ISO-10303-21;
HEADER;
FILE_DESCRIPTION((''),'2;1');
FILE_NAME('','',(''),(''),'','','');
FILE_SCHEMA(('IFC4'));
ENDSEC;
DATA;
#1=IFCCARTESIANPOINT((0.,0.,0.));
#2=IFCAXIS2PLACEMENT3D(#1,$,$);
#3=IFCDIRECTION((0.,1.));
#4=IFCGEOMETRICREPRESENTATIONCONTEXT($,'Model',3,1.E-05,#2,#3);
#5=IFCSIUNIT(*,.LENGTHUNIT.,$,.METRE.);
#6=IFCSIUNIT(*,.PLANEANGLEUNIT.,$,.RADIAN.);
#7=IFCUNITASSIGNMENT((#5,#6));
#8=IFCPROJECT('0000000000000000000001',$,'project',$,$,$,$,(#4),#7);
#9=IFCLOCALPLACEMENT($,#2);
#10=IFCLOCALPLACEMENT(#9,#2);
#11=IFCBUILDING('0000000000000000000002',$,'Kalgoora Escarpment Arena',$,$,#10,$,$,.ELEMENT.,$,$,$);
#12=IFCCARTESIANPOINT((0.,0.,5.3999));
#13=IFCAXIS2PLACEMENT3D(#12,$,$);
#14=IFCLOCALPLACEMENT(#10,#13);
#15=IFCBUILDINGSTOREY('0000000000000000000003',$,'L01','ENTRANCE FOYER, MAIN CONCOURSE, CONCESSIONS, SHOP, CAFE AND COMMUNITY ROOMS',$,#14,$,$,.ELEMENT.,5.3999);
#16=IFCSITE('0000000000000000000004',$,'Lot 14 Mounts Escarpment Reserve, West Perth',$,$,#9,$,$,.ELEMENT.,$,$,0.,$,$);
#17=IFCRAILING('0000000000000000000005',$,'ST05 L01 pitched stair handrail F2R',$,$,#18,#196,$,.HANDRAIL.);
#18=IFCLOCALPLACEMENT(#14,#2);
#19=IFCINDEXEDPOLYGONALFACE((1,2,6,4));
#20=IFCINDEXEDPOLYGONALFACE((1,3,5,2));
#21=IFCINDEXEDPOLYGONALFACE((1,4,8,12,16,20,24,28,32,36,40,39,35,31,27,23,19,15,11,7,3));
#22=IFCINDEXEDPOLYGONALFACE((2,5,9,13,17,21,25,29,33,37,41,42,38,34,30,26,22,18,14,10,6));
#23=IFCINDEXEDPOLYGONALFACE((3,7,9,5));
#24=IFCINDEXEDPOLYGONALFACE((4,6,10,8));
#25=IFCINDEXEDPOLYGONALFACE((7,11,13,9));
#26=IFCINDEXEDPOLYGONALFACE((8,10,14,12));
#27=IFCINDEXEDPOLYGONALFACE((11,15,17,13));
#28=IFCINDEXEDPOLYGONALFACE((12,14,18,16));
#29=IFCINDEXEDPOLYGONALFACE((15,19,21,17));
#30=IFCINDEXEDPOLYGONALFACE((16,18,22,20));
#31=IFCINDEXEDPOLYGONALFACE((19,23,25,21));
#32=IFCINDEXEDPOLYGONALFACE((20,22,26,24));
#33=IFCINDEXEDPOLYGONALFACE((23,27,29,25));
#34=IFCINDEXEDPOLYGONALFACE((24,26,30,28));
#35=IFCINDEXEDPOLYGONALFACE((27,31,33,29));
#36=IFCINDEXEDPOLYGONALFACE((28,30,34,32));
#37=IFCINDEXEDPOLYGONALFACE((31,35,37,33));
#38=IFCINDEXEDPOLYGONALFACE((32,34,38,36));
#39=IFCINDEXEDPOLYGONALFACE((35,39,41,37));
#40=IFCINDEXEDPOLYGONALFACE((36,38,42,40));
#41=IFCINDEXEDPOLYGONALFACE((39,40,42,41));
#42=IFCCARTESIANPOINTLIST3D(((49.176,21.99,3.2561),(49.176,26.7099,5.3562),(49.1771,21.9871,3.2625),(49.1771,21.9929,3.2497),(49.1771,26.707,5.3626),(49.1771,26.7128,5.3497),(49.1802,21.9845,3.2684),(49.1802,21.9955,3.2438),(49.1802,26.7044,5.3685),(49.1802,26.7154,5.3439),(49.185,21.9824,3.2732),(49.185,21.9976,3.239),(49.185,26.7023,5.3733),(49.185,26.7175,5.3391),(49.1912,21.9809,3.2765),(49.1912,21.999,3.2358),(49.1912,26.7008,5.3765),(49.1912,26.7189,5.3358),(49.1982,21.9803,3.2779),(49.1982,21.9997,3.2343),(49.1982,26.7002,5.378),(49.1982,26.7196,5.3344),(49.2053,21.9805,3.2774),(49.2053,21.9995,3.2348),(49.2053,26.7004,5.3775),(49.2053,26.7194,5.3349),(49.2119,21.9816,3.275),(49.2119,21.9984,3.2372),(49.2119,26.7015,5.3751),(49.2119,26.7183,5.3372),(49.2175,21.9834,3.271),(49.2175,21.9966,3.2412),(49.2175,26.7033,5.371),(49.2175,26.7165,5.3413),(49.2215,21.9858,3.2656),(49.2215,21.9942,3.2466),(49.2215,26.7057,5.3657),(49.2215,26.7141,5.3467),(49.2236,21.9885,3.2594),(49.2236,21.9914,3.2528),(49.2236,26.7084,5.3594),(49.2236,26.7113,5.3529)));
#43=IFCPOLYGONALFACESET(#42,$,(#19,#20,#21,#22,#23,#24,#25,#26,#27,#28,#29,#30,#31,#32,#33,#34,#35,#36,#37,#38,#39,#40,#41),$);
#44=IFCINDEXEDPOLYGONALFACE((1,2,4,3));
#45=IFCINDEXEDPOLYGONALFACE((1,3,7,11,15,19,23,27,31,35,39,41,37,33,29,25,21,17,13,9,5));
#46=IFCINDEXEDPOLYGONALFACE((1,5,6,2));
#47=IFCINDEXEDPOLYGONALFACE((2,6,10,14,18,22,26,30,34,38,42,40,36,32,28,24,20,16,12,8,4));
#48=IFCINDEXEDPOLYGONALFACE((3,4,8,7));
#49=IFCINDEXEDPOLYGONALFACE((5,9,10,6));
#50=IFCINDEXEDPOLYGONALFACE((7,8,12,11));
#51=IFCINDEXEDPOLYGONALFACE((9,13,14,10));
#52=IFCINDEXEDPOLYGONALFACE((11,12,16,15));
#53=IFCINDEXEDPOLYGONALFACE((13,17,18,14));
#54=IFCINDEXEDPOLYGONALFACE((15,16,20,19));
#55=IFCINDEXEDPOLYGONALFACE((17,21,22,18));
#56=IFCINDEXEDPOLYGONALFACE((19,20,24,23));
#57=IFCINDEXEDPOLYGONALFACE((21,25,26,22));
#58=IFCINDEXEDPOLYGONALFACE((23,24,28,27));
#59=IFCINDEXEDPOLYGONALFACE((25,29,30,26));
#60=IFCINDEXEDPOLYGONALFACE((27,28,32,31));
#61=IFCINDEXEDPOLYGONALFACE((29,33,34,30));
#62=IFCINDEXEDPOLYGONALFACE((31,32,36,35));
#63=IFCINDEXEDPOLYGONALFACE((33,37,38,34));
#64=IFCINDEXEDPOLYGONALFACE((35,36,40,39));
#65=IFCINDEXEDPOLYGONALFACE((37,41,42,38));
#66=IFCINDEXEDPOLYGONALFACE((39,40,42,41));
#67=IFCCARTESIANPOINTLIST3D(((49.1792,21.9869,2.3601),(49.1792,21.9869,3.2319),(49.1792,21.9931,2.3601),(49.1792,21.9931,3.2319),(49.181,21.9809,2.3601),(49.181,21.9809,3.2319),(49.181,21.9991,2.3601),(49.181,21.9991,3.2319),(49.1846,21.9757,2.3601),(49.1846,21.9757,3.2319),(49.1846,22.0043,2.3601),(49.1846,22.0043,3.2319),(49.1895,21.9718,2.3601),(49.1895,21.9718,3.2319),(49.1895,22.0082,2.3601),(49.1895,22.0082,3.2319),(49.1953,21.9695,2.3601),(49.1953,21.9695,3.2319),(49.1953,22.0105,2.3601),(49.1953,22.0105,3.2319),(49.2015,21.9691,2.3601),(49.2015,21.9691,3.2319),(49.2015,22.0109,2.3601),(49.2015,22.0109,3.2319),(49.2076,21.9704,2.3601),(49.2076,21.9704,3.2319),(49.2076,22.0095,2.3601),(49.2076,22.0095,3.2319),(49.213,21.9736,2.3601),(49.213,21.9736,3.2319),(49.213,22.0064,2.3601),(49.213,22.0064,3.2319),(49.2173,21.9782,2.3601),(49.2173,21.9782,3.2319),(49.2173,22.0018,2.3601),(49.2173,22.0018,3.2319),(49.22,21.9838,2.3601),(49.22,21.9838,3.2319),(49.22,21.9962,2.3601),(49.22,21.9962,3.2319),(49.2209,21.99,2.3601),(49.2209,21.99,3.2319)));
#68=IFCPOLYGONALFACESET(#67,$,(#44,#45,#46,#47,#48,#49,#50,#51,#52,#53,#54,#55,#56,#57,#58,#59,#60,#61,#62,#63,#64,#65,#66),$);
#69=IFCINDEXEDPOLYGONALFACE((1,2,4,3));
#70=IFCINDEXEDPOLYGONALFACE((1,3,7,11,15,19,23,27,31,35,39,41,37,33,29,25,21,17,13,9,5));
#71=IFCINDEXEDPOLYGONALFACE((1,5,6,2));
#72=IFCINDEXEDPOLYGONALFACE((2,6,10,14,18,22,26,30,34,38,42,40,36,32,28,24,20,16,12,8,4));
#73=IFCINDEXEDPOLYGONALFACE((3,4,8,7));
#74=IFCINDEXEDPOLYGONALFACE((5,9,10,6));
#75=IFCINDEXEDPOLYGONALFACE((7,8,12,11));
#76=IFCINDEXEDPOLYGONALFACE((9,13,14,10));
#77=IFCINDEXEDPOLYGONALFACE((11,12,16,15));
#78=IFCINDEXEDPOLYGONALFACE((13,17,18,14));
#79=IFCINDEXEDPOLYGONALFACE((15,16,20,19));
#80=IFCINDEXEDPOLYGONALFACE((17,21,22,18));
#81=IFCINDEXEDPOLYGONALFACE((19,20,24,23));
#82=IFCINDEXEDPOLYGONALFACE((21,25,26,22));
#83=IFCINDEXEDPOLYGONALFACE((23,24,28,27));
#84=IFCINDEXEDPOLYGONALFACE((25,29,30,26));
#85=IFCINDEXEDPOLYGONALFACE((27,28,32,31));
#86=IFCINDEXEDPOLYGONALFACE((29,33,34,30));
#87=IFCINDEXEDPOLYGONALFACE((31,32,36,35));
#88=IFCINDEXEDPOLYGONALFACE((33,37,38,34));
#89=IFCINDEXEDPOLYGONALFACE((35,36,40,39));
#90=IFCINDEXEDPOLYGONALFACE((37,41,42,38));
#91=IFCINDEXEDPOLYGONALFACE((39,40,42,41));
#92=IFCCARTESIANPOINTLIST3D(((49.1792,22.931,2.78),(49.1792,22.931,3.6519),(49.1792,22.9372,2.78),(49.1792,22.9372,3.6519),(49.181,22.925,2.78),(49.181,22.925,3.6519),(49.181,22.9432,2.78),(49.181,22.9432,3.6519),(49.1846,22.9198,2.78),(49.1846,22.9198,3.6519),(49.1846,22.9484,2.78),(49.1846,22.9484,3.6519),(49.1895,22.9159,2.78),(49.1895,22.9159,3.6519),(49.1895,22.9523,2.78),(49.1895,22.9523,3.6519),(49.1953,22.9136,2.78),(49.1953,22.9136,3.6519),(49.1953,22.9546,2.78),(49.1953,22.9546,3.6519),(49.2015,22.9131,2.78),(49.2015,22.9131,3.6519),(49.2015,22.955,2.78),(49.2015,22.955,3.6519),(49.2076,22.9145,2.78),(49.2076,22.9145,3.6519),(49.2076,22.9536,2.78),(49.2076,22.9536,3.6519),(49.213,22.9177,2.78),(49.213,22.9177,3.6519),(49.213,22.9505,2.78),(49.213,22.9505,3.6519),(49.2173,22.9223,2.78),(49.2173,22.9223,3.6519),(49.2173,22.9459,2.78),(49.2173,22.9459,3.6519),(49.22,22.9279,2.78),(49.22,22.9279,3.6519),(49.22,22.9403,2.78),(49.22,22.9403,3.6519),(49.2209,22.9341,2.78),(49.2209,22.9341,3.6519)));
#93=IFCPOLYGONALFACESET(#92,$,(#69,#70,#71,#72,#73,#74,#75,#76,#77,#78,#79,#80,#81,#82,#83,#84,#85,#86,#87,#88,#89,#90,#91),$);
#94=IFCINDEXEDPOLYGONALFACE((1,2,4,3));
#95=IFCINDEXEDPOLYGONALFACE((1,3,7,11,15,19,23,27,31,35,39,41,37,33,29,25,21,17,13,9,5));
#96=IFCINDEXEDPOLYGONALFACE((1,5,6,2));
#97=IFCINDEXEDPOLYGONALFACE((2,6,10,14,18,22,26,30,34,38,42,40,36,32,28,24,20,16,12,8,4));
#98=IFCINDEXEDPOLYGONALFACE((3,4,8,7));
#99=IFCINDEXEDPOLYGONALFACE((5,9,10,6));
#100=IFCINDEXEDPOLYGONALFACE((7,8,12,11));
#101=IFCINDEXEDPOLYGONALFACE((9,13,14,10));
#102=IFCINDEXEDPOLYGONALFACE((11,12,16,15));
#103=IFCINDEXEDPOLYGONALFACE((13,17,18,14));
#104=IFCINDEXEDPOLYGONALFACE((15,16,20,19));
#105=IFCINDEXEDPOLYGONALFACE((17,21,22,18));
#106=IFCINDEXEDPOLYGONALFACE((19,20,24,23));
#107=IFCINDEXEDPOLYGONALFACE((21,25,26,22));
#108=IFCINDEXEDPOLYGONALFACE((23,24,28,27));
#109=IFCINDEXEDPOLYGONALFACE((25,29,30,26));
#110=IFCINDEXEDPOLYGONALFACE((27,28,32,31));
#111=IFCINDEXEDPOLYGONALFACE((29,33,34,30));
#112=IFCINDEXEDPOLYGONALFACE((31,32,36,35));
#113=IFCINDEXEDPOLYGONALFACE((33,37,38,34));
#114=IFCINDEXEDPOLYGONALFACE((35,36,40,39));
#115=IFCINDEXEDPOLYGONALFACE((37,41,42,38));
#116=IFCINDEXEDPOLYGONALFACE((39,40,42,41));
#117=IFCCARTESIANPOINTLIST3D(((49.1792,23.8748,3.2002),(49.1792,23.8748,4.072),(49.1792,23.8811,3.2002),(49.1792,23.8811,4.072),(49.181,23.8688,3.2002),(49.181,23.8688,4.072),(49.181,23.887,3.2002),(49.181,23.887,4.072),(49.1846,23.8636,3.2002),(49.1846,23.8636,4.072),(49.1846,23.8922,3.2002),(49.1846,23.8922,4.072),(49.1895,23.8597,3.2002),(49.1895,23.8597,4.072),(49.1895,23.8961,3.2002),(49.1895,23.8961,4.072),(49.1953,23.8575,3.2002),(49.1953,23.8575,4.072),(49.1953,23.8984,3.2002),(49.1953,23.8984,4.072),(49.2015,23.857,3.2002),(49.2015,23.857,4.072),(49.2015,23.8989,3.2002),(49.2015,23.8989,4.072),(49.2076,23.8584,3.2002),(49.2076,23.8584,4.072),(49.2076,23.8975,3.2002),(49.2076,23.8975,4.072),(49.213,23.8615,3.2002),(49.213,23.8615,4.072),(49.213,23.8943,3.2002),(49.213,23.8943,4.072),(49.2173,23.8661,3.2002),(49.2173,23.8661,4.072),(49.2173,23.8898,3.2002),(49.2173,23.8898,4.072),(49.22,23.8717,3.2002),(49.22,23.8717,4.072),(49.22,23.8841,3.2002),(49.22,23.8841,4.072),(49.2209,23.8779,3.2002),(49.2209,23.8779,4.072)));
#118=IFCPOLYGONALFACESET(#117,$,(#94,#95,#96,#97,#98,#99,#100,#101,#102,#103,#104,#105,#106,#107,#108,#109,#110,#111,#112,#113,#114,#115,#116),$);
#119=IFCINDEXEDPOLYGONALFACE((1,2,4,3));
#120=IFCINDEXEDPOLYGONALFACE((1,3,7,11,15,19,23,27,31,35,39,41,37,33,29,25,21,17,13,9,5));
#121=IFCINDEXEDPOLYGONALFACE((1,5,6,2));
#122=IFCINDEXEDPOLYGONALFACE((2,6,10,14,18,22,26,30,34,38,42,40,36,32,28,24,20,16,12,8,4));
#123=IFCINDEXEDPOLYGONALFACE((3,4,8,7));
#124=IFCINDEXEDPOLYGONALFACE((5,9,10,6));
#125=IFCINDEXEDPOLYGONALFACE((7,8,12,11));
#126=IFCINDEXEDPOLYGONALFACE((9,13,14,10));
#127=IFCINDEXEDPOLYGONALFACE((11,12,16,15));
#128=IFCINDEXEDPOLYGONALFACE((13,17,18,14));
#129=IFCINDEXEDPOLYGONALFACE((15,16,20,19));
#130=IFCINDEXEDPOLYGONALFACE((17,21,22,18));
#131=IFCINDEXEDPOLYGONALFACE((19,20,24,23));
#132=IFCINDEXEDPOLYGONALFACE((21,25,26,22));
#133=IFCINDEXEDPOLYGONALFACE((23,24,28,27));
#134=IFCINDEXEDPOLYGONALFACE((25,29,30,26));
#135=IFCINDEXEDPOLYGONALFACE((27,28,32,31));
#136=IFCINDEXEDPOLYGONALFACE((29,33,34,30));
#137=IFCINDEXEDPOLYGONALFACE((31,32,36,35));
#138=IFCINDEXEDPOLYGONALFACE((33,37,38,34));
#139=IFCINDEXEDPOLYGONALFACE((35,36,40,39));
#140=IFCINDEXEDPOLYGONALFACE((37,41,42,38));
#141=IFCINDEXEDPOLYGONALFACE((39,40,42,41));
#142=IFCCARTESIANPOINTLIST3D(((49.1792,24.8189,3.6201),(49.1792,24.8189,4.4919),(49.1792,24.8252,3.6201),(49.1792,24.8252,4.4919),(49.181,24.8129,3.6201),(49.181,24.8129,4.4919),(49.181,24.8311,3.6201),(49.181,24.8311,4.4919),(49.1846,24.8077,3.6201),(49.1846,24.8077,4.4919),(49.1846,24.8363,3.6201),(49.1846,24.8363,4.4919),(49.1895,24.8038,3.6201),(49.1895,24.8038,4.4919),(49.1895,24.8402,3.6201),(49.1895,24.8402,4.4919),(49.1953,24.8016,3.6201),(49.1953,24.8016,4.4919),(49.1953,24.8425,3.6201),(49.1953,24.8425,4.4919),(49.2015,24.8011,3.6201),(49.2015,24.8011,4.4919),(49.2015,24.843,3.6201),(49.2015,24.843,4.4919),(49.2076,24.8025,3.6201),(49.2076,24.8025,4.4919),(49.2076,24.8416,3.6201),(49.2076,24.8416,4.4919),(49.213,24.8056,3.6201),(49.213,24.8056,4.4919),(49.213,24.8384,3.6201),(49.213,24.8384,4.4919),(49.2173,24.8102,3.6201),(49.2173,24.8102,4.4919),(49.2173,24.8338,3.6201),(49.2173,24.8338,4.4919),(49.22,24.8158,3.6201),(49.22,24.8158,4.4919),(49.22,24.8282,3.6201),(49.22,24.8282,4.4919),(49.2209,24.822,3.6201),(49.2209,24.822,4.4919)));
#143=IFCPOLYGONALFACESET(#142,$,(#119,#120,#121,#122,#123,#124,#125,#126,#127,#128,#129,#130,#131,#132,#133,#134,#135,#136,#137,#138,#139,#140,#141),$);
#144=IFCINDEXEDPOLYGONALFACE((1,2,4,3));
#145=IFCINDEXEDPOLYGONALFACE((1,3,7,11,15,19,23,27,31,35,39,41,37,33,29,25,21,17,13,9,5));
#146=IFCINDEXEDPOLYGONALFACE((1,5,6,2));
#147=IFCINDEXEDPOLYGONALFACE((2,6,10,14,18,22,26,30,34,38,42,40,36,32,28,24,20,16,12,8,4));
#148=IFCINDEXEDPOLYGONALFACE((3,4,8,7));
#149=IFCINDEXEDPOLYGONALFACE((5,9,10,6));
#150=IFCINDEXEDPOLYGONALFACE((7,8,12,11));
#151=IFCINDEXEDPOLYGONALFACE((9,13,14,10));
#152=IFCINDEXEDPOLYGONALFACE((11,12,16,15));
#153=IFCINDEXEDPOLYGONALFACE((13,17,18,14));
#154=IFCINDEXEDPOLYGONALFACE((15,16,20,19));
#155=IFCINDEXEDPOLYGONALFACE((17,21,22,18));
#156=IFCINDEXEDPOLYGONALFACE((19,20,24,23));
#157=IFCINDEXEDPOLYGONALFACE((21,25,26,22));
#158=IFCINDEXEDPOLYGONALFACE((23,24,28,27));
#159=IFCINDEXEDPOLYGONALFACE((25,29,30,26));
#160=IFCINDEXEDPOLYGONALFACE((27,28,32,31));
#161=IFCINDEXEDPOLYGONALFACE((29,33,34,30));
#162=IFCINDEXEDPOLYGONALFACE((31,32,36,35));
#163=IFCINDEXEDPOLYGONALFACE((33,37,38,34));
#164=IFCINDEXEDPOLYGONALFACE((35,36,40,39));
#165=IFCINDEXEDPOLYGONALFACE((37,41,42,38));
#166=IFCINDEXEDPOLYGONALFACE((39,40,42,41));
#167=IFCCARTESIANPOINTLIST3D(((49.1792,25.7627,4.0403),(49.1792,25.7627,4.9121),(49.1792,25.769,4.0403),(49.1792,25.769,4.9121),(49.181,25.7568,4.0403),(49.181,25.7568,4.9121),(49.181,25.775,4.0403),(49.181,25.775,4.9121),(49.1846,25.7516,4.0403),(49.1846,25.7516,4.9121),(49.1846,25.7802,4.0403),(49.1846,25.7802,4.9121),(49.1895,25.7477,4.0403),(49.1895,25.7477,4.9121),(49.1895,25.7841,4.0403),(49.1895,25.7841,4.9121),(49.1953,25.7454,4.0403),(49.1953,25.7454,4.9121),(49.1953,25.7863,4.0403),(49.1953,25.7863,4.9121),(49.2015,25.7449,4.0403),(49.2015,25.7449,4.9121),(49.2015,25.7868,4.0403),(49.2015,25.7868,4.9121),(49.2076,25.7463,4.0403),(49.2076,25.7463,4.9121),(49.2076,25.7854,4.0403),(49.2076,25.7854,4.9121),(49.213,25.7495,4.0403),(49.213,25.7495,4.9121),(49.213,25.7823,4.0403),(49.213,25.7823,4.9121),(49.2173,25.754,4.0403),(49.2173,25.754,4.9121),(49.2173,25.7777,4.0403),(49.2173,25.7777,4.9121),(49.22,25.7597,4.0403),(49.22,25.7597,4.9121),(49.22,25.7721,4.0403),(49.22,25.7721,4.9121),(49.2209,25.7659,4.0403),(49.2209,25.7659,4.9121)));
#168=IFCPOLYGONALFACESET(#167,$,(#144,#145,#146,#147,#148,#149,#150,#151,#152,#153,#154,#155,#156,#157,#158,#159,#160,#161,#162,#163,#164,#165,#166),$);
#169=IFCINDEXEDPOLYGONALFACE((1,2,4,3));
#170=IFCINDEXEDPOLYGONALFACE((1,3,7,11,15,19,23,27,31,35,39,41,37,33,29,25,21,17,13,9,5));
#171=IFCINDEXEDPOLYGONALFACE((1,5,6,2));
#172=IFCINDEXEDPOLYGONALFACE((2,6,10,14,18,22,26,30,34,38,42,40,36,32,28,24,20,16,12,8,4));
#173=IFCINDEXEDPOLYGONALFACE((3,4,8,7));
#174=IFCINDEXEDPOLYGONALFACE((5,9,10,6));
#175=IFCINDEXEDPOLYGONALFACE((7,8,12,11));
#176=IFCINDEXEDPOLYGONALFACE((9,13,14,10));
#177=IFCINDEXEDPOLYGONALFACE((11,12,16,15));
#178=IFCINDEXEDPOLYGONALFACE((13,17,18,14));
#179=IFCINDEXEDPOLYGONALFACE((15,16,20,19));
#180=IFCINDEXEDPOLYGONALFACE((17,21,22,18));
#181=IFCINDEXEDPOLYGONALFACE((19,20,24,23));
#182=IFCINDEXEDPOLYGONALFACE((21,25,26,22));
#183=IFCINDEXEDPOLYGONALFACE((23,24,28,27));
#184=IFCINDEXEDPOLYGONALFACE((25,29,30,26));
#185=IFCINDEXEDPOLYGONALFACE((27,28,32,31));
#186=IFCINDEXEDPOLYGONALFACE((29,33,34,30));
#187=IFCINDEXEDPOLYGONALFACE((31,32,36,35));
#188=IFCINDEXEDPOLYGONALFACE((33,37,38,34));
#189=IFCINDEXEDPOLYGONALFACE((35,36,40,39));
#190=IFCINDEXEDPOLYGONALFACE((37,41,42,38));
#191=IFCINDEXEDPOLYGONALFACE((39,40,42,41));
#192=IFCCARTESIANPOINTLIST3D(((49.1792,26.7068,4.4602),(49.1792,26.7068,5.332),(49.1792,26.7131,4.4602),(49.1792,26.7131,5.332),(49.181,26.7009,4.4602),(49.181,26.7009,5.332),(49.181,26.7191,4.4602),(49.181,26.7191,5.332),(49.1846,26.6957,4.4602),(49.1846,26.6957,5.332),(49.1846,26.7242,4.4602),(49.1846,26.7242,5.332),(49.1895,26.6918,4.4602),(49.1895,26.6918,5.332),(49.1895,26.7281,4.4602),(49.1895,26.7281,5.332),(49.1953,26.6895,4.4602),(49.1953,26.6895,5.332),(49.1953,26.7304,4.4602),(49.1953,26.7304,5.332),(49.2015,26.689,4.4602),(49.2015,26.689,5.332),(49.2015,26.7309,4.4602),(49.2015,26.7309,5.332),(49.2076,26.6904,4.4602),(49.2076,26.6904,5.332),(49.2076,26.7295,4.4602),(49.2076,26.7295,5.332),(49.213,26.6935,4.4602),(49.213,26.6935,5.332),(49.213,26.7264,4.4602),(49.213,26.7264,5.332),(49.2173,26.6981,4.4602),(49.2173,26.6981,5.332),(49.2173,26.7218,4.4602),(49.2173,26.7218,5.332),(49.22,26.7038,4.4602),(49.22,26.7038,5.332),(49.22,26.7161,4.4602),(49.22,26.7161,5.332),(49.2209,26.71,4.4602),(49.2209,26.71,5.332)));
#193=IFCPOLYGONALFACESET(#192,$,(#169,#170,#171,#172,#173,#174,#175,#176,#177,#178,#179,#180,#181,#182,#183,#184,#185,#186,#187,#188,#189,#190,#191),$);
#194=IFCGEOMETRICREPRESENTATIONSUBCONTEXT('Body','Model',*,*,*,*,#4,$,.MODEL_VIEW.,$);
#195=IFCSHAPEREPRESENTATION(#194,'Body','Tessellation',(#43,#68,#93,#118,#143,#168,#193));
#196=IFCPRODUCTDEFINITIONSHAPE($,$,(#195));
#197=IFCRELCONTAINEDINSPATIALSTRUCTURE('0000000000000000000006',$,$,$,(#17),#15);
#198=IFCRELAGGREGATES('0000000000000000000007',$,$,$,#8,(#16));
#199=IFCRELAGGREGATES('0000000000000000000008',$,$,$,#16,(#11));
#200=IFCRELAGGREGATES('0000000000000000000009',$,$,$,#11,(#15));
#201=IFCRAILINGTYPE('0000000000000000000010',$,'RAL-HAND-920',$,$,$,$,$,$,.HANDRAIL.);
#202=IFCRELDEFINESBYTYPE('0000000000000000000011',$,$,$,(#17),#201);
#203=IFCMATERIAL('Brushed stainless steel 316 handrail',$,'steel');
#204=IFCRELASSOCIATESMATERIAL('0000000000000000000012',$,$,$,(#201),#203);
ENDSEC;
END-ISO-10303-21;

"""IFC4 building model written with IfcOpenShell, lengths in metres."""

from ifc_helpers import new_model, si_unit, direction, frame, origin, origin_2d, place, context, subcontext, project, spatial, circle, extrude, material, type_object, element, save


model = new_model("IFC4")

# Units and contexts
model_context = context("Model", 3, precision=1e-05, world=origin(), true_north=direction((0.0, 1.0)))
body_context = subcontext(model_context, "Body", "Model", "MODEL_VIEW")
ifc_project = project(units=[si_unit("LENGTHUNIT", "METRE"), si_unit("PLANEANGLEUNIT", "RADIAN")], contexts=[model_context])

# Site, building, storey
site_placement = place(None, origin())
site = spatial("IfcSite", under=ifc_project, at=site_placement, Name="Lot 14 Mounts Escarpment Reserve, West Perth", CompositionType="ELEMENT", RefElevation=0.0)
building_placement = place(site_placement, origin())
building = spatial("IfcBuilding", under=site, at=building_placement, Name="Kalgoora Escarpment Arena", CompositionType="ELEMENT")
storey_placement = place(building_placement, frame((0.0, 0.0, 5.3999)))
storey = spatial("IfcBuildingStorey", under=building, at=storey_placement, Name="L01", Description="ENTRANCE FOYER, MAIN CONCOURSE, CONCESSIONS, SHOP, CAFE AND COMMUNITY ROOMS", CompositionType="ELEMENT", Elevation=5.3999)

# Railing
ifc_material_1 = material(Name="Brushed stainless steel 316 handrail", Category="steel")
railing_type_1 = type_object("IfcRailingType", Name="RAL-HAND-920", PredefinedType="HANDRAIL", material=ifc_material_1)
for number, where, name in (
    (1, (49.2, 21.99, 2.3601), "ST05 L01 pitched stair handrail F2R"),
):
    element("IfcRailing", number, at=place(storey_placement, frame(where)), inside=storey, type_object=railing_type_1, Name=name, PredefinedType="HANDRAIL", context=body_context, shape_type="SweptSolid", body=[
        extrude(circle(Radius=0.0239, at=origin_2d()), frame((0.0, 0.0, 0.896), z_axis=(0.0, 0.913644, 0.406516), x_axis=(-1.0, 0.0, 0.0)), (0.0, 0.0, 1.0), 5.166),
        extrude(circle(Radius=0.021, at=origin_2d()), origin(), (0.0, 0.0, 1.0), 0.8718),
        extrude(circle(Radius=0.021, at=origin_2d()), frame((0.0, 0.9441, 0.4199)), (0.0, 0.0, 1.0), 0.8718),
        extrude(circle(Radius=0.021, at=origin_2d()), frame((0.0, 1.8879, 0.8401)), (0.0, 0.0, 1.0), 0.8718),
        extrude(circle(Radius=0.021, at=origin_2d()), frame((0.0, 2.832, 1.26)), (0.0, 0.0, 1.0), 0.8718),
        extrude(circle(Radius=0.021, at=origin_2d()), frame((0.0, 3.7759, 1.6802)), (0.0, 0.0, 1.0), 0.8718),
        extrude(circle(Radius=0.021, at=origin_2d()), frame((0.0, 4.72, 2.1001)), (0.0, 0.0, 1.0), 0.8718),
    ])

save(model, "model.ifc")
